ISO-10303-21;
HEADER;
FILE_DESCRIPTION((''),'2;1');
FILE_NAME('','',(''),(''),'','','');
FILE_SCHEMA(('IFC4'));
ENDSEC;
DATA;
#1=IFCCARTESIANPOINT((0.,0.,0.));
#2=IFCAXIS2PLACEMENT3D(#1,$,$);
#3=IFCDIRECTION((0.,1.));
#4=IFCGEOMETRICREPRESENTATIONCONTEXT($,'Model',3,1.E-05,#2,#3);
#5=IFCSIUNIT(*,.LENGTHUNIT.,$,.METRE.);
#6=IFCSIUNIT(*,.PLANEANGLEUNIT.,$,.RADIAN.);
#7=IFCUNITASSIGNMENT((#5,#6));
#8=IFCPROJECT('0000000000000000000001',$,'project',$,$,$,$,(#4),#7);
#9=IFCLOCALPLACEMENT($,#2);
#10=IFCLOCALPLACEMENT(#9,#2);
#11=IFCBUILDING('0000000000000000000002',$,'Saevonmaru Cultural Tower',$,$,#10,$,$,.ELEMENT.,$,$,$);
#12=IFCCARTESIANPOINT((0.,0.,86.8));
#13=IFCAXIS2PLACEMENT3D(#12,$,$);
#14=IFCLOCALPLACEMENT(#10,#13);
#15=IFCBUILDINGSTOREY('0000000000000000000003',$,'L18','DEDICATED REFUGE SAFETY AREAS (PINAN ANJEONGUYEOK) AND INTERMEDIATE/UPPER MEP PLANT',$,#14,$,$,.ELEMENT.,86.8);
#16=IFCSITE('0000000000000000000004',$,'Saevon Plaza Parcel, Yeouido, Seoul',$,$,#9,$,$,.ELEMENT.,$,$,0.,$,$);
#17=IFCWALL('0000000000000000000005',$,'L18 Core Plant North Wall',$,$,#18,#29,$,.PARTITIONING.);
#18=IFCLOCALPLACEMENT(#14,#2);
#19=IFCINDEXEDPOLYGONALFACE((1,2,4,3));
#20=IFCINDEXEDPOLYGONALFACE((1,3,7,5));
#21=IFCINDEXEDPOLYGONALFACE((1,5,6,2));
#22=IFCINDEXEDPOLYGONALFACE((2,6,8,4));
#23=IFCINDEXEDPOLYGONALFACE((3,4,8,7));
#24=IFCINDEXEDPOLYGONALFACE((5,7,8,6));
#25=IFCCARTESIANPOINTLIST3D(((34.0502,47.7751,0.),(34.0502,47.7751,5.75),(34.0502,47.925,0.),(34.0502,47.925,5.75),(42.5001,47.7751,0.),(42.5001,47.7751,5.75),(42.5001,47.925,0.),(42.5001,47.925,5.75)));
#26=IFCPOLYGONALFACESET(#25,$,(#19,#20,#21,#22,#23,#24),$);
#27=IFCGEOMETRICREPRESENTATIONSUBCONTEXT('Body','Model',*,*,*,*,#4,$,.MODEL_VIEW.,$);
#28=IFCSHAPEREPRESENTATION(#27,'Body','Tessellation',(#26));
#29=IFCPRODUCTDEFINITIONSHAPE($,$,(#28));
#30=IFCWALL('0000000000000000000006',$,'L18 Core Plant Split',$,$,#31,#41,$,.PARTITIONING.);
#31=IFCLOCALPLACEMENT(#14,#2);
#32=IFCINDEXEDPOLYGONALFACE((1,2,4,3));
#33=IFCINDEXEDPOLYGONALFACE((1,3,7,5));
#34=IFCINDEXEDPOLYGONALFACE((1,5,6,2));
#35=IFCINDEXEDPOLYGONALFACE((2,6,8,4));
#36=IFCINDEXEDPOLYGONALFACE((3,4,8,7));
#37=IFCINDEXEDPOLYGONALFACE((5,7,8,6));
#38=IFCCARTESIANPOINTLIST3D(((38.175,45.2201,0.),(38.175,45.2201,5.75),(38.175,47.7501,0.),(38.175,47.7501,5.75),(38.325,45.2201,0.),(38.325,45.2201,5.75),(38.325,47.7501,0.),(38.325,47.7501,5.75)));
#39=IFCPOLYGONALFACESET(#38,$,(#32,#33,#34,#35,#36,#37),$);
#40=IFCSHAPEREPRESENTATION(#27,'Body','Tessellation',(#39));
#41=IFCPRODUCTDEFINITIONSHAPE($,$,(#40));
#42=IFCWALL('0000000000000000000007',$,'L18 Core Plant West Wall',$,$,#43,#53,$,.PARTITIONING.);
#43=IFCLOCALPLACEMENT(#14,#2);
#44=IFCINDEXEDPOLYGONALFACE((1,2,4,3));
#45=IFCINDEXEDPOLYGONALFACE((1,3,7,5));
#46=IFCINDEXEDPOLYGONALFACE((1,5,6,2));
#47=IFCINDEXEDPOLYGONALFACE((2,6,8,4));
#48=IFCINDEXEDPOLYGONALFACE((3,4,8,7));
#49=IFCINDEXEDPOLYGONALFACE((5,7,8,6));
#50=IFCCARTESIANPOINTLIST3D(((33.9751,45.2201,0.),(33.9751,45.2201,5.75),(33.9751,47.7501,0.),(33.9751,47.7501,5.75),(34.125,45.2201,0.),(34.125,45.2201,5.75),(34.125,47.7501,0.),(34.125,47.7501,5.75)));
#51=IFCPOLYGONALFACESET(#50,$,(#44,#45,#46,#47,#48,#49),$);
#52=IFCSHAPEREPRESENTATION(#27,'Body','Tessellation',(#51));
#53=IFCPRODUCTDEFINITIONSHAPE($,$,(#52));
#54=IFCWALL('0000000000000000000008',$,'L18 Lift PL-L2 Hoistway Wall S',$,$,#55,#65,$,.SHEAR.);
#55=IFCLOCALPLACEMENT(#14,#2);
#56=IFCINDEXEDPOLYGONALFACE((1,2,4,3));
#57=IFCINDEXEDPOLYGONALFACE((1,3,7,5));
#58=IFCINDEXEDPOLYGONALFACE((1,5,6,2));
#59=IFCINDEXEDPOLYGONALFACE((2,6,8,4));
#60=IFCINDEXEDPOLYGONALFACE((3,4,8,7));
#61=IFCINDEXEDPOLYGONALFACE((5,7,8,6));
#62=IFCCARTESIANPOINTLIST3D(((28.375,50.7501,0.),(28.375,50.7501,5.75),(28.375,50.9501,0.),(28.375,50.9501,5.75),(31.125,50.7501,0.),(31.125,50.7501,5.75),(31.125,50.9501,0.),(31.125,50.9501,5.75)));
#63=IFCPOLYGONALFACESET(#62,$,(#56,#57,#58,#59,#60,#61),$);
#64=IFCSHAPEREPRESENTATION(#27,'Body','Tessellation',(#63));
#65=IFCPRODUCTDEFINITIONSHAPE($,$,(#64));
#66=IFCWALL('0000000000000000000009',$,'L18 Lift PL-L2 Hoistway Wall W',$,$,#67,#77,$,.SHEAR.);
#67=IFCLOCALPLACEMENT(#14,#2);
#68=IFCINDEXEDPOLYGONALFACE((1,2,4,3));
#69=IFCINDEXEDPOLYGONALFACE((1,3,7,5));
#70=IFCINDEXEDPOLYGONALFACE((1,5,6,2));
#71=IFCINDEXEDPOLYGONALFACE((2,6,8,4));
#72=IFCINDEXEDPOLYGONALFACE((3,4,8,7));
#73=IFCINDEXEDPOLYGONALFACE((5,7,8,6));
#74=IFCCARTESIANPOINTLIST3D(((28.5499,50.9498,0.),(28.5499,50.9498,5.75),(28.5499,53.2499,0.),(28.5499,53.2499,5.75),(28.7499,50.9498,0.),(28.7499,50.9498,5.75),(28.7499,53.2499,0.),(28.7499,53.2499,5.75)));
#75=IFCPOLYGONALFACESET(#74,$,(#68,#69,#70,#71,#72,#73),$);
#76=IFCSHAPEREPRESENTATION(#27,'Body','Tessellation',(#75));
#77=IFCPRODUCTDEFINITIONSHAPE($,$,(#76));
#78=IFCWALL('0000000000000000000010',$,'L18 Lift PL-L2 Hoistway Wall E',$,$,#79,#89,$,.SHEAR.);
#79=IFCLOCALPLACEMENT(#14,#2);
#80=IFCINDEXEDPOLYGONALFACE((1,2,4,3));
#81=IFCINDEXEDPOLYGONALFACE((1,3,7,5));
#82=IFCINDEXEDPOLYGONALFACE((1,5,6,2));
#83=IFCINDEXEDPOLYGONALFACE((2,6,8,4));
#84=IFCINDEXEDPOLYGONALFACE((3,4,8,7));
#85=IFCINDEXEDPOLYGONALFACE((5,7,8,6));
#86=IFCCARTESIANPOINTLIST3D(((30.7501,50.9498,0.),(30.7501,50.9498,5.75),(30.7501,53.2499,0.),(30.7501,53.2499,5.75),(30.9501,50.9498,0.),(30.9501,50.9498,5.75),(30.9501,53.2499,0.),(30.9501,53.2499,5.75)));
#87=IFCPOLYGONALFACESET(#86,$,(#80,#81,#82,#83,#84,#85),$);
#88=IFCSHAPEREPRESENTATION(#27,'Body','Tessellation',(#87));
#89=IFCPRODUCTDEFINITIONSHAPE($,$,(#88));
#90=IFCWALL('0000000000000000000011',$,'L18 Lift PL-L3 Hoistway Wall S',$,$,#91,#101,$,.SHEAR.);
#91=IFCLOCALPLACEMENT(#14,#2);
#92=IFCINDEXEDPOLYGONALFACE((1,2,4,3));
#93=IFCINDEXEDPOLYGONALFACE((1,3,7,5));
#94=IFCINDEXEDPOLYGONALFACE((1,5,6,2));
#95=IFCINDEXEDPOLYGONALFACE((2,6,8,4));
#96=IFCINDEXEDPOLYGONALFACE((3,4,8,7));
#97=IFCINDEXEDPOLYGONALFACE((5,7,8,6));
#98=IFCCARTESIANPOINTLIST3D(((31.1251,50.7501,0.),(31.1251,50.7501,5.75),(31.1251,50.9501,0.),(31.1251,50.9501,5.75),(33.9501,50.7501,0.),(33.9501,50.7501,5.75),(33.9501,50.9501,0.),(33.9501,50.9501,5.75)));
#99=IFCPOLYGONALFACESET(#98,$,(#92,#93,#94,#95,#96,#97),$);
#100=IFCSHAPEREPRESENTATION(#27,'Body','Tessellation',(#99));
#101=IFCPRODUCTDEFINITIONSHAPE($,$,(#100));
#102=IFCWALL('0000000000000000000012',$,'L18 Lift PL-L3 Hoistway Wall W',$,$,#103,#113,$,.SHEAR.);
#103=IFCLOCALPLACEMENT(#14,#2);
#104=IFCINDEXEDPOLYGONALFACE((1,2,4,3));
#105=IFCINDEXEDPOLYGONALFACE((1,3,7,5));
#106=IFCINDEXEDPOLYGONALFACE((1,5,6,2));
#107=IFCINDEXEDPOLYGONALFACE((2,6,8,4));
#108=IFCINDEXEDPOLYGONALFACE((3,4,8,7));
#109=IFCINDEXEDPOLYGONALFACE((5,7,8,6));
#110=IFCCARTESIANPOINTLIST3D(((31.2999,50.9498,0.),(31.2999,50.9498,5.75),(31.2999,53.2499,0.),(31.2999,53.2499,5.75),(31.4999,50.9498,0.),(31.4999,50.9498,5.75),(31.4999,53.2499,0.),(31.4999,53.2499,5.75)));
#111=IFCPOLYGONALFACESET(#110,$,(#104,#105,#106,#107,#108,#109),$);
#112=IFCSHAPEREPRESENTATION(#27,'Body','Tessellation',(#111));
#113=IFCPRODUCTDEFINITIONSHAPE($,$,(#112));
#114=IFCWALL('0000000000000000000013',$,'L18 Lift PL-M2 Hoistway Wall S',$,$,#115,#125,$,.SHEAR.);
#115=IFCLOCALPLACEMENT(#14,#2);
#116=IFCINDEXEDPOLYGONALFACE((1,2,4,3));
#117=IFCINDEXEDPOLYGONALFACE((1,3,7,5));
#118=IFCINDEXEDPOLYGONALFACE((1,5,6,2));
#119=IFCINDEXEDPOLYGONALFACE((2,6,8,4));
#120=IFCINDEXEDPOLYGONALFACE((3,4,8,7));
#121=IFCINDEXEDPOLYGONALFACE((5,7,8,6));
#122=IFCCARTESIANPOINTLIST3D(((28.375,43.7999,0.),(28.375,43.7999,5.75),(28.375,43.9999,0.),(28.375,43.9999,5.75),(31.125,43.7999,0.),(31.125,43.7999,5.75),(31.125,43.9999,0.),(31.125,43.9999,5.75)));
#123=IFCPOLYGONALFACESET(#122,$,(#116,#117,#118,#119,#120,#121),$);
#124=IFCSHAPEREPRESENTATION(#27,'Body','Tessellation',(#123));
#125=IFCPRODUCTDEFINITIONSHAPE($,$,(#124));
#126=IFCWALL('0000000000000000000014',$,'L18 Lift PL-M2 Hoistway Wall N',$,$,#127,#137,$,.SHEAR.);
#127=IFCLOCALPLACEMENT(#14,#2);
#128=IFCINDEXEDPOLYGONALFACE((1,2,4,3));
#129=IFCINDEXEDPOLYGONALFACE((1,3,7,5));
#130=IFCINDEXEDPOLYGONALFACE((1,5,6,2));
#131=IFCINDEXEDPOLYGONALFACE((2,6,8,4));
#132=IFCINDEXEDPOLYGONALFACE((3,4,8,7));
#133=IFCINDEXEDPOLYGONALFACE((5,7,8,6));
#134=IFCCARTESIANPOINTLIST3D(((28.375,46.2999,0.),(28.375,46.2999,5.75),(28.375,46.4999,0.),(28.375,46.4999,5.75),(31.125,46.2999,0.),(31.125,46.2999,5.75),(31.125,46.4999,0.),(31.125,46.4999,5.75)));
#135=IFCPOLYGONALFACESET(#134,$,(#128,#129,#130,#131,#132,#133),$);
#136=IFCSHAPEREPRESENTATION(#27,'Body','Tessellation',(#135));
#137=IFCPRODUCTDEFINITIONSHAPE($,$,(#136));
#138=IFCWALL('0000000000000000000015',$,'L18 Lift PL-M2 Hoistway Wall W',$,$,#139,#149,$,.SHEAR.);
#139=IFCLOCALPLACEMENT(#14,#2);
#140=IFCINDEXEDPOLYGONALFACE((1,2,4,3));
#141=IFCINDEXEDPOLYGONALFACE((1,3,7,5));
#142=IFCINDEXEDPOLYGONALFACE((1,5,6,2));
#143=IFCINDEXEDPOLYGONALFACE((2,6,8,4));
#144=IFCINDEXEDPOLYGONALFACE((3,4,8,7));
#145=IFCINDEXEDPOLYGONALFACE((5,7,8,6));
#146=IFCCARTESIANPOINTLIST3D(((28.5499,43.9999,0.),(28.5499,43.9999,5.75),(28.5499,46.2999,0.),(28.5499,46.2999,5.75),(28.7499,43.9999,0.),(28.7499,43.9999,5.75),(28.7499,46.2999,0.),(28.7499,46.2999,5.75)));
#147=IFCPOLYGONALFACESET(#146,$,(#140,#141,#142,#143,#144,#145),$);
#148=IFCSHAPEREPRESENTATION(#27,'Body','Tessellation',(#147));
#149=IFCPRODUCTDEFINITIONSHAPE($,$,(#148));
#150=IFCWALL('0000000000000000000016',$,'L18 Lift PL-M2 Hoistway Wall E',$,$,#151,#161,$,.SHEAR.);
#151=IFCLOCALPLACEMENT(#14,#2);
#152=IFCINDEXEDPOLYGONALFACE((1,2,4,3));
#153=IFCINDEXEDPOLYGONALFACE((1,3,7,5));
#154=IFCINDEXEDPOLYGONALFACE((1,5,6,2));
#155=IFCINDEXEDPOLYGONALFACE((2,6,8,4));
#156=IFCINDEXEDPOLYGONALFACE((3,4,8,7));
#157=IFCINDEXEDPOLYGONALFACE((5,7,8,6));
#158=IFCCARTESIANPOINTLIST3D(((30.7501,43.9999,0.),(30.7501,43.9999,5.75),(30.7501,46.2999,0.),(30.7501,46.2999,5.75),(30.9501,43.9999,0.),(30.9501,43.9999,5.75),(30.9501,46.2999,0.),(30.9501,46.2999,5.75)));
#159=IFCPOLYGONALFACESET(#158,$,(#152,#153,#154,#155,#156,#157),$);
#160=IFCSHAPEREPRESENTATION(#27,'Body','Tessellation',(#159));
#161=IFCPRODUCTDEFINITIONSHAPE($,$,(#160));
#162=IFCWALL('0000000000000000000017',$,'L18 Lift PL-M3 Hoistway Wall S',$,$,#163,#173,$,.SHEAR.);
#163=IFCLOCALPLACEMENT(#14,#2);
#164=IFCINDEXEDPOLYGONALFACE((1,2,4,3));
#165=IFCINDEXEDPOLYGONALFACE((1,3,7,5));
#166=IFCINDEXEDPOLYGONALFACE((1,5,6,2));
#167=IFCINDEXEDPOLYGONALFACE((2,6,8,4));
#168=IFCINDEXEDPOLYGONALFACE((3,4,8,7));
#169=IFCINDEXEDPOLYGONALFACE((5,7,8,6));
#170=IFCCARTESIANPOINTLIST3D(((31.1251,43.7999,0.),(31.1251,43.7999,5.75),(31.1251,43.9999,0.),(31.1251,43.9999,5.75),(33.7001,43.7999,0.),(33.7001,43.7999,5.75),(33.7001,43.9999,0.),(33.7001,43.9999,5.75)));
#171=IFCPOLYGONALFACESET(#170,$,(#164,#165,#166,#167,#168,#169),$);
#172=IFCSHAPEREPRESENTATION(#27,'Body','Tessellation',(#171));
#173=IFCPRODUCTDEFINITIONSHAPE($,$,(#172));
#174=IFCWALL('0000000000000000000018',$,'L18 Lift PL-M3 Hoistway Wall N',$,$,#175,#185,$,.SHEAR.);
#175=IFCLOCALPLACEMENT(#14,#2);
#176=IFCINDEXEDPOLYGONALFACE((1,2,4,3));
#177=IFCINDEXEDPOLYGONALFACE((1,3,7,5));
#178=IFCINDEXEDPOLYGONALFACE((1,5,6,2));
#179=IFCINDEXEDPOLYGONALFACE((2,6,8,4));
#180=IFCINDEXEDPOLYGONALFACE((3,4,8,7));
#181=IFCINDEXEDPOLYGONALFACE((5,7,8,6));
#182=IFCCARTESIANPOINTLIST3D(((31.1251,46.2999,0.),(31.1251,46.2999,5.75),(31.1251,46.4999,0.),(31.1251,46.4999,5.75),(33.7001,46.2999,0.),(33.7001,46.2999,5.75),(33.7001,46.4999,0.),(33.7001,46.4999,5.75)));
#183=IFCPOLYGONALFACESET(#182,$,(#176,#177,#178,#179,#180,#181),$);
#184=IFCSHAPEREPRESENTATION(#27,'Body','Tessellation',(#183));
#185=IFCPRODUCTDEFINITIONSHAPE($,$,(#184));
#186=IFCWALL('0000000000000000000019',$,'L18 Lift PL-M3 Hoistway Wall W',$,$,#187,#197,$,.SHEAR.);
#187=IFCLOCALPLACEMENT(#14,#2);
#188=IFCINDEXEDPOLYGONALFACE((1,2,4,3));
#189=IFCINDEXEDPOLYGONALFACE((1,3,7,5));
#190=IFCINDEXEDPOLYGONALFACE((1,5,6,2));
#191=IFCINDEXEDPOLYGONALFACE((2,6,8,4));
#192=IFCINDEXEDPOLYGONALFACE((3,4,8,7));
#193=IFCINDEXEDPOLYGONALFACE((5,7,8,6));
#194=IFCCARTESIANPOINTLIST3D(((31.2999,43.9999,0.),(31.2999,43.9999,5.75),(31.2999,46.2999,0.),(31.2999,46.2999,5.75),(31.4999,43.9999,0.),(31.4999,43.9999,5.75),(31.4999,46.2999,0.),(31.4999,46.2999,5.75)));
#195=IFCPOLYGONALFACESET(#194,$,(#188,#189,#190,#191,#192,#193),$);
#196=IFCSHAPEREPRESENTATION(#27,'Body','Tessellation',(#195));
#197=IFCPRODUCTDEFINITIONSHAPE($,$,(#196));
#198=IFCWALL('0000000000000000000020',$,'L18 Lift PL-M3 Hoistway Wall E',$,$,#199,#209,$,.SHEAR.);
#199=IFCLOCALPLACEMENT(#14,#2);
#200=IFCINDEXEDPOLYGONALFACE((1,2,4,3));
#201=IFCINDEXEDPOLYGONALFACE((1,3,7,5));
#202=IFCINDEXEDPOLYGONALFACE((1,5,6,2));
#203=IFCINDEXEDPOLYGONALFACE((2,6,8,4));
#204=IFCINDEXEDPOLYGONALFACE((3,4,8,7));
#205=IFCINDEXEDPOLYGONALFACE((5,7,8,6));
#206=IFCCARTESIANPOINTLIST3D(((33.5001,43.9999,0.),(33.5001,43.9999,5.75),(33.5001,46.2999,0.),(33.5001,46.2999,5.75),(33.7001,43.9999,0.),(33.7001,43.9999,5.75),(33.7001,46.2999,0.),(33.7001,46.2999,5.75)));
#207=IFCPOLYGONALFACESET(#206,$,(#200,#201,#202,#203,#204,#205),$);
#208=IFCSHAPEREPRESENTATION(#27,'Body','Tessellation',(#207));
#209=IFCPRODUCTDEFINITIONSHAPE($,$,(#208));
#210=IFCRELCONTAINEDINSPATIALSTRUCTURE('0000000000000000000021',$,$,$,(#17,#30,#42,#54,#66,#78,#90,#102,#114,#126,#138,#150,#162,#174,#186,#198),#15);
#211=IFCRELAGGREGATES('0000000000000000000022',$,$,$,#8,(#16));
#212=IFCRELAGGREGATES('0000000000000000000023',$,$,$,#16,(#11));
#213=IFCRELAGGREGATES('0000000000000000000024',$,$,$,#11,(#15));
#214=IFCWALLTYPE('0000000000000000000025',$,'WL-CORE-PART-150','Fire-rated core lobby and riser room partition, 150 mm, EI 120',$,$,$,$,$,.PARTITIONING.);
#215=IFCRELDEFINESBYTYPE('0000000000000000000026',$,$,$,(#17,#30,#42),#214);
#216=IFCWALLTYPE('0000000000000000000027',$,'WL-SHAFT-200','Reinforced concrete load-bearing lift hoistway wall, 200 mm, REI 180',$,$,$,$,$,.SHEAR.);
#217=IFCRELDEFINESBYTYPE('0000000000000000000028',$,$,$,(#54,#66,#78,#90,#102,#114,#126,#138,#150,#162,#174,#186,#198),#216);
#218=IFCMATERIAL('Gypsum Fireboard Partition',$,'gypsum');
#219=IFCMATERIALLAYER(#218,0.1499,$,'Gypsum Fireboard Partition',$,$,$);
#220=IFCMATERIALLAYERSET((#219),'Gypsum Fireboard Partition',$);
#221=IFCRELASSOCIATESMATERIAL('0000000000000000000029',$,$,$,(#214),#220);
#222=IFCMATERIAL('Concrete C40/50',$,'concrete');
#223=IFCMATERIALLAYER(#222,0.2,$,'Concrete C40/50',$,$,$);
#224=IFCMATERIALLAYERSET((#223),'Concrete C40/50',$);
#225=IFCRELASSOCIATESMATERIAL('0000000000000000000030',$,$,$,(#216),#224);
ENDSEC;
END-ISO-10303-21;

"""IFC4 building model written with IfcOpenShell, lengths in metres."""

from ifc_helpers import new_model, si_unit, direction, frame, frame_2d, origin, place, context, subcontext, project, spatial, rectangle, extrude, material, layer, layer_set, type_object, element, save


model = new_model("IFC4")

# Units and contexts
model_context = context("Model", 3, precision=1e-05, world=origin(), true_north=direction((0.0, 1.0)))
body_context = subcontext(model_context, "Body", "Model", "MODEL_VIEW")
ifc_project = project(units=[si_unit("LENGTHUNIT", "METRE"), si_unit("PLANEANGLEUNIT", "RADIAN")], contexts=[model_context])

# Site, building, storey
site_placement = place(None, origin())
site = spatial("IfcSite", under=ifc_project, at=site_placement, Name="Saevon Plaza Parcel, Yeouido, Seoul", CompositionType="ELEMENT", RefElevation=0.0)
building_placement = place(site_placement, origin())
building = spatial("IfcBuilding", under=site, at=building_placement, Name="Saevonmaru Cultural Tower", CompositionType="ELEMENT")
storey_placement = place(building_placement, frame((0.0, 0.0, 86.8)))
storey = spatial("IfcBuildingStorey", under=building, at=storey_placement, Name="L18", Description="DEDICATED REFUGE SAFETY AREAS (PINAN ANJEONGUYEOK) AND INTERMEDIATE/UPPER MEP PLANT", CompositionType="ELEMENT", Elevation=86.8)

# Shared definitions
ifc_material_1 = material(Name="Gypsum Fireboard Partition", Category="gypsum")
ifc_layer_1 = layer(ifc_material_1, 0.1499, Name="Gypsum Fireboard Partition")
ifc_layer_set_1 = layer_set([ifc_layer_1], Name="Gypsum Fireboard Partition")
wall_type_1 = type_object("IfcWallType", Name="WL-CORE-PART-150", Description="Fire-rated core lobby and riser room partition, 150 mm, EI 120", PredefinedType="PARTITIONING", material=ifc_layer_set_1)

# Walls
wall_1_placement = place(storey_placement, frame((34.05, 47.8501, 0.0), z_axis=(0.0, 0.0, 1.0), x_axis=(1.0, 0.0, 0.0)))
element("IfcWall", 1, at=wall_1_placement, inside=storey, type_object=wall_type_1, Name="L18 Core Plant North Wall", PredefinedType="PARTITIONING", context=body_context, shape_type="SweptSolid", body=[
    extrude(rectangle(XDim=8.45, YDim=0.1499, at=frame_2d((4.2251, 0.0))), origin(), (0.0, 0.0, 1.0), 5.75),
])
for number, where, z_axis, x_axis, name in (
    (2, (38.25, 45.22, 0.0), (0.0, 0.0, 1.0), (0.0, 1.0, 0.0), "L18 Core Plant Split"),
    (3, (34.05, 45.22, 0.0), (0.0, 0.0, 1.0), (0.0, 1.0, 0.0), "L18 Core Plant West Wall"),
):
    element("IfcWall", number, at=place(storey_placement, frame(where, z_axis=z_axis, x_axis=x_axis)), inside=storey, type_object=wall_type_1, Name=name, PredefinedType="PARTITIONING", context=body_context, shape_type="SweptSolid", body=[
        extrude(rectangle(XDim=2.53, YDim=0.1499, at=frame_2d((1.2651, 0.0))), origin(), (0.0, 0.0, 1.0), 5.75),
    ])
ifc_material_2 = material(Name="Concrete C40/50", Category="concrete")
ifc_layer_2 = layer(ifc_material_2, 0.2, Name="Concrete C40/50")
ifc_layer_set_2 = layer_set([ifc_layer_2], Name="Concrete C40/50")
wall_type_2 = type_object("IfcWallType", Name="WL-SHAFT-200", Description="Reinforced concrete load-bearing lift hoistway wall, 200 mm, REI 180", PredefinedType="SHEAR", material=ifc_layer_set_2)
wall_2_placement = place(storey_placement, frame((28.375, 50.8501, 0.0), z_axis=(0.0, 0.0, 1.0), x_axis=(1.0, 0.0, 0.0)))
element("IfcWall", 4, at=wall_2_placement, inside=storey, type_object=wall_type_2, Name="L18 Lift PL-L2 Hoistway Wall S", PredefinedType="SHEAR", context=body_context, shape_type="SweptSolid", body=[
    extrude(rectangle(XDim=2.75, YDim=0.2, at=frame_2d((1.375, 0.0))), origin(), (0.0, 0.0, 1.0), 5.75),
])
for number, where, z_axis, x_axis, name in (
    (5, (28.6499, 50.95, 0.0), (0.0, 0.0, 1.0), (0.0, 1.0, 0.0), "L18 Lift PL-L2 Hoistway Wall W"),
    (6, (30.8501, 50.95, 0.0), (0.0, 0.0, 1.0), (0.0, 1.0, 0.0), "L18 Lift PL-L2 Hoistway Wall E"),
):
    element("IfcWall", number, at=place(storey_placement, frame(where, z_axis=z_axis, x_axis=x_axis)), inside=storey, type_object=wall_type_2, Name=name, PredefinedType="SHEAR", context=body_context, shape_type="SweptSolid", body=[
        extrude(rectangle(XDim=2.3, YDim=0.2, at=frame_2d((1.1499, 0.0))), origin(), (0.0, 0.0, 1.0), 5.75),
    ])
wall_3_placement = place(storey_placement, frame((31.125, 50.8501, 0.0), z_axis=(0.0, 0.0, 1.0), x_axis=(1.0, 0.0, 0.0)))
element("IfcWall", 7, at=wall_3_placement, inside=storey, type_object=wall_type_2, Name="L18 Lift PL-L3 Hoistway Wall S", PredefinedType="SHEAR", context=body_context, shape_type="SweptSolid", body=[
    extrude(rectangle(XDim=2.825, YDim=0.2, at=frame_2d((1.4126, 0.0))), origin(), (0.0, 0.0, 1.0), 5.75),
])
wall_4_placement = place(storey_placement, frame((31.3999, 50.95, 0.0), z_axis=(0.0, 0.0, 1.0), x_axis=(0.0, 1.0, 0.0)))
element("IfcWall", 8, at=wall_4_placement, inside=storey, type_object=wall_type_2, Name="L18 Lift PL-L3 Hoistway Wall W", PredefinedType="SHEAR", context=body_context, shape_type="SweptSolid", body=[
    extrude(rectangle(XDim=2.3, YDim=0.2, at=frame_2d((1.1499, 0.0))), origin(), (0.0, 0.0, 1.0), 5.75),
])
for number, where, z_axis, x_axis, name in (
    (9, (28.375, 43.8999, 0.0), (0.0, 0.0, 1.0), (1.0, 0.0, 0.0), "L18 Lift PL-M2 Hoistway Wall S"),
    (10, (28.375, 46.3999, 0.0), (0.0, 0.0, 1.0), (1.0, 0.0, 0.0), "L18 Lift PL-M2 Hoistway Wall N"),
):
    element("IfcWall", number, at=place(storey_placement, frame(where, z_axis=z_axis, x_axis=x_axis)), inside=storey, type_object=wall_type_2, Name=name, PredefinedType="SHEAR", context=body_context, shape_type="SweptSolid", body=[
        extrude(rectangle(XDim=2.75, YDim=0.2, at=frame_2d((1.375, 0.0))), origin(), (0.0, 0.0, 1.0), 5.75),
    ])
for number, where, z_axis, x_axis, name in (
    (11, (28.6499, 44.0, 0.0), (0.0, 0.0, 1.0), (0.0, 1.0, 0.0), "L18 Lift PL-M2 Hoistway Wall W"),
    (12, (30.8501, 44.0, 0.0), (0.0, 0.0, 1.0), (0.0, 1.0, 0.0), "L18 Lift PL-M2 Hoistway Wall E"),
):
    element("IfcWall", number, at=place(storey_placement, frame(where, z_axis=z_axis, x_axis=x_axis)), inside=storey, type_object=wall_type_2, Name=name, PredefinedType="SHEAR", context=body_context, shape_type="SweptSolid", body=[
        extrude(rectangle(XDim=2.3, YDim=0.2, at=frame_2d((1.1499, 0.0))), origin(), (0.0, 0.0, 1.0), 5.75),
    ])
for number, where, z_axis, x_axis, name in (
    (13, (31.125, 43.8999, 0.0), (0.0, 0.0, 1.0), (1.0, 0.0, 0.0), "L18 Lift PL-M3 Hoistway Wall S"),
    (14, (31.125, 46.3999, 0.0), (0.0, 0.0, 1.0), (1.0, 0.0, 0.0), "L18 Lift PL-M3 Hoistway Wall N"),
):
    element("IfcWall", number, at=place(storey_placement, frame(where, z_axis=z_axis, x_axis=x_axis)), inside=storey, type_object=wall_type_2, Name=name, PredefinedType="SHEAR", context=body_context, shape_type="SweptSolid", body=[
        extrude(rectangle(XDim=2.575, YDim=0.2, at=frame_2d((1.2876, 0.0))), origin(), (0.0, 0.0, 1.0), 5.75),
    ])
for number, where, z_axis, x_axis, name in (
    (15, (31.3999, 44.0, 0.0), (0.0, 0.0, 1.0), (0.0, 1.0, 0.0), "L18 Lift PL-M3 Hoistway Wall W"),
    (16, (33.6001, 44.0, 0.0), (0.0, 0.0, 1.0), (0.0, 1.0, 0.0), "L18 Lift PL-M3 Hoistway Wall E"),
):
    element("IfcWall", number, at=place(storey_placement, frame(where, z_axis=z_axis, x_axis=x_axis)), inside=storey, type_object=wall_type_2, Name=name, PredefinedType="SHEAR", context=body_context, shape_type="SweptSolid", body=[
        extrude(rectangle(XDim=2.3, YDim=0.2, at=frame_2d((1.1499, 0.0))), origin(), (0.0, 0.0, 1.0), 5.75),
    ])

save(model, "model.ifc")
